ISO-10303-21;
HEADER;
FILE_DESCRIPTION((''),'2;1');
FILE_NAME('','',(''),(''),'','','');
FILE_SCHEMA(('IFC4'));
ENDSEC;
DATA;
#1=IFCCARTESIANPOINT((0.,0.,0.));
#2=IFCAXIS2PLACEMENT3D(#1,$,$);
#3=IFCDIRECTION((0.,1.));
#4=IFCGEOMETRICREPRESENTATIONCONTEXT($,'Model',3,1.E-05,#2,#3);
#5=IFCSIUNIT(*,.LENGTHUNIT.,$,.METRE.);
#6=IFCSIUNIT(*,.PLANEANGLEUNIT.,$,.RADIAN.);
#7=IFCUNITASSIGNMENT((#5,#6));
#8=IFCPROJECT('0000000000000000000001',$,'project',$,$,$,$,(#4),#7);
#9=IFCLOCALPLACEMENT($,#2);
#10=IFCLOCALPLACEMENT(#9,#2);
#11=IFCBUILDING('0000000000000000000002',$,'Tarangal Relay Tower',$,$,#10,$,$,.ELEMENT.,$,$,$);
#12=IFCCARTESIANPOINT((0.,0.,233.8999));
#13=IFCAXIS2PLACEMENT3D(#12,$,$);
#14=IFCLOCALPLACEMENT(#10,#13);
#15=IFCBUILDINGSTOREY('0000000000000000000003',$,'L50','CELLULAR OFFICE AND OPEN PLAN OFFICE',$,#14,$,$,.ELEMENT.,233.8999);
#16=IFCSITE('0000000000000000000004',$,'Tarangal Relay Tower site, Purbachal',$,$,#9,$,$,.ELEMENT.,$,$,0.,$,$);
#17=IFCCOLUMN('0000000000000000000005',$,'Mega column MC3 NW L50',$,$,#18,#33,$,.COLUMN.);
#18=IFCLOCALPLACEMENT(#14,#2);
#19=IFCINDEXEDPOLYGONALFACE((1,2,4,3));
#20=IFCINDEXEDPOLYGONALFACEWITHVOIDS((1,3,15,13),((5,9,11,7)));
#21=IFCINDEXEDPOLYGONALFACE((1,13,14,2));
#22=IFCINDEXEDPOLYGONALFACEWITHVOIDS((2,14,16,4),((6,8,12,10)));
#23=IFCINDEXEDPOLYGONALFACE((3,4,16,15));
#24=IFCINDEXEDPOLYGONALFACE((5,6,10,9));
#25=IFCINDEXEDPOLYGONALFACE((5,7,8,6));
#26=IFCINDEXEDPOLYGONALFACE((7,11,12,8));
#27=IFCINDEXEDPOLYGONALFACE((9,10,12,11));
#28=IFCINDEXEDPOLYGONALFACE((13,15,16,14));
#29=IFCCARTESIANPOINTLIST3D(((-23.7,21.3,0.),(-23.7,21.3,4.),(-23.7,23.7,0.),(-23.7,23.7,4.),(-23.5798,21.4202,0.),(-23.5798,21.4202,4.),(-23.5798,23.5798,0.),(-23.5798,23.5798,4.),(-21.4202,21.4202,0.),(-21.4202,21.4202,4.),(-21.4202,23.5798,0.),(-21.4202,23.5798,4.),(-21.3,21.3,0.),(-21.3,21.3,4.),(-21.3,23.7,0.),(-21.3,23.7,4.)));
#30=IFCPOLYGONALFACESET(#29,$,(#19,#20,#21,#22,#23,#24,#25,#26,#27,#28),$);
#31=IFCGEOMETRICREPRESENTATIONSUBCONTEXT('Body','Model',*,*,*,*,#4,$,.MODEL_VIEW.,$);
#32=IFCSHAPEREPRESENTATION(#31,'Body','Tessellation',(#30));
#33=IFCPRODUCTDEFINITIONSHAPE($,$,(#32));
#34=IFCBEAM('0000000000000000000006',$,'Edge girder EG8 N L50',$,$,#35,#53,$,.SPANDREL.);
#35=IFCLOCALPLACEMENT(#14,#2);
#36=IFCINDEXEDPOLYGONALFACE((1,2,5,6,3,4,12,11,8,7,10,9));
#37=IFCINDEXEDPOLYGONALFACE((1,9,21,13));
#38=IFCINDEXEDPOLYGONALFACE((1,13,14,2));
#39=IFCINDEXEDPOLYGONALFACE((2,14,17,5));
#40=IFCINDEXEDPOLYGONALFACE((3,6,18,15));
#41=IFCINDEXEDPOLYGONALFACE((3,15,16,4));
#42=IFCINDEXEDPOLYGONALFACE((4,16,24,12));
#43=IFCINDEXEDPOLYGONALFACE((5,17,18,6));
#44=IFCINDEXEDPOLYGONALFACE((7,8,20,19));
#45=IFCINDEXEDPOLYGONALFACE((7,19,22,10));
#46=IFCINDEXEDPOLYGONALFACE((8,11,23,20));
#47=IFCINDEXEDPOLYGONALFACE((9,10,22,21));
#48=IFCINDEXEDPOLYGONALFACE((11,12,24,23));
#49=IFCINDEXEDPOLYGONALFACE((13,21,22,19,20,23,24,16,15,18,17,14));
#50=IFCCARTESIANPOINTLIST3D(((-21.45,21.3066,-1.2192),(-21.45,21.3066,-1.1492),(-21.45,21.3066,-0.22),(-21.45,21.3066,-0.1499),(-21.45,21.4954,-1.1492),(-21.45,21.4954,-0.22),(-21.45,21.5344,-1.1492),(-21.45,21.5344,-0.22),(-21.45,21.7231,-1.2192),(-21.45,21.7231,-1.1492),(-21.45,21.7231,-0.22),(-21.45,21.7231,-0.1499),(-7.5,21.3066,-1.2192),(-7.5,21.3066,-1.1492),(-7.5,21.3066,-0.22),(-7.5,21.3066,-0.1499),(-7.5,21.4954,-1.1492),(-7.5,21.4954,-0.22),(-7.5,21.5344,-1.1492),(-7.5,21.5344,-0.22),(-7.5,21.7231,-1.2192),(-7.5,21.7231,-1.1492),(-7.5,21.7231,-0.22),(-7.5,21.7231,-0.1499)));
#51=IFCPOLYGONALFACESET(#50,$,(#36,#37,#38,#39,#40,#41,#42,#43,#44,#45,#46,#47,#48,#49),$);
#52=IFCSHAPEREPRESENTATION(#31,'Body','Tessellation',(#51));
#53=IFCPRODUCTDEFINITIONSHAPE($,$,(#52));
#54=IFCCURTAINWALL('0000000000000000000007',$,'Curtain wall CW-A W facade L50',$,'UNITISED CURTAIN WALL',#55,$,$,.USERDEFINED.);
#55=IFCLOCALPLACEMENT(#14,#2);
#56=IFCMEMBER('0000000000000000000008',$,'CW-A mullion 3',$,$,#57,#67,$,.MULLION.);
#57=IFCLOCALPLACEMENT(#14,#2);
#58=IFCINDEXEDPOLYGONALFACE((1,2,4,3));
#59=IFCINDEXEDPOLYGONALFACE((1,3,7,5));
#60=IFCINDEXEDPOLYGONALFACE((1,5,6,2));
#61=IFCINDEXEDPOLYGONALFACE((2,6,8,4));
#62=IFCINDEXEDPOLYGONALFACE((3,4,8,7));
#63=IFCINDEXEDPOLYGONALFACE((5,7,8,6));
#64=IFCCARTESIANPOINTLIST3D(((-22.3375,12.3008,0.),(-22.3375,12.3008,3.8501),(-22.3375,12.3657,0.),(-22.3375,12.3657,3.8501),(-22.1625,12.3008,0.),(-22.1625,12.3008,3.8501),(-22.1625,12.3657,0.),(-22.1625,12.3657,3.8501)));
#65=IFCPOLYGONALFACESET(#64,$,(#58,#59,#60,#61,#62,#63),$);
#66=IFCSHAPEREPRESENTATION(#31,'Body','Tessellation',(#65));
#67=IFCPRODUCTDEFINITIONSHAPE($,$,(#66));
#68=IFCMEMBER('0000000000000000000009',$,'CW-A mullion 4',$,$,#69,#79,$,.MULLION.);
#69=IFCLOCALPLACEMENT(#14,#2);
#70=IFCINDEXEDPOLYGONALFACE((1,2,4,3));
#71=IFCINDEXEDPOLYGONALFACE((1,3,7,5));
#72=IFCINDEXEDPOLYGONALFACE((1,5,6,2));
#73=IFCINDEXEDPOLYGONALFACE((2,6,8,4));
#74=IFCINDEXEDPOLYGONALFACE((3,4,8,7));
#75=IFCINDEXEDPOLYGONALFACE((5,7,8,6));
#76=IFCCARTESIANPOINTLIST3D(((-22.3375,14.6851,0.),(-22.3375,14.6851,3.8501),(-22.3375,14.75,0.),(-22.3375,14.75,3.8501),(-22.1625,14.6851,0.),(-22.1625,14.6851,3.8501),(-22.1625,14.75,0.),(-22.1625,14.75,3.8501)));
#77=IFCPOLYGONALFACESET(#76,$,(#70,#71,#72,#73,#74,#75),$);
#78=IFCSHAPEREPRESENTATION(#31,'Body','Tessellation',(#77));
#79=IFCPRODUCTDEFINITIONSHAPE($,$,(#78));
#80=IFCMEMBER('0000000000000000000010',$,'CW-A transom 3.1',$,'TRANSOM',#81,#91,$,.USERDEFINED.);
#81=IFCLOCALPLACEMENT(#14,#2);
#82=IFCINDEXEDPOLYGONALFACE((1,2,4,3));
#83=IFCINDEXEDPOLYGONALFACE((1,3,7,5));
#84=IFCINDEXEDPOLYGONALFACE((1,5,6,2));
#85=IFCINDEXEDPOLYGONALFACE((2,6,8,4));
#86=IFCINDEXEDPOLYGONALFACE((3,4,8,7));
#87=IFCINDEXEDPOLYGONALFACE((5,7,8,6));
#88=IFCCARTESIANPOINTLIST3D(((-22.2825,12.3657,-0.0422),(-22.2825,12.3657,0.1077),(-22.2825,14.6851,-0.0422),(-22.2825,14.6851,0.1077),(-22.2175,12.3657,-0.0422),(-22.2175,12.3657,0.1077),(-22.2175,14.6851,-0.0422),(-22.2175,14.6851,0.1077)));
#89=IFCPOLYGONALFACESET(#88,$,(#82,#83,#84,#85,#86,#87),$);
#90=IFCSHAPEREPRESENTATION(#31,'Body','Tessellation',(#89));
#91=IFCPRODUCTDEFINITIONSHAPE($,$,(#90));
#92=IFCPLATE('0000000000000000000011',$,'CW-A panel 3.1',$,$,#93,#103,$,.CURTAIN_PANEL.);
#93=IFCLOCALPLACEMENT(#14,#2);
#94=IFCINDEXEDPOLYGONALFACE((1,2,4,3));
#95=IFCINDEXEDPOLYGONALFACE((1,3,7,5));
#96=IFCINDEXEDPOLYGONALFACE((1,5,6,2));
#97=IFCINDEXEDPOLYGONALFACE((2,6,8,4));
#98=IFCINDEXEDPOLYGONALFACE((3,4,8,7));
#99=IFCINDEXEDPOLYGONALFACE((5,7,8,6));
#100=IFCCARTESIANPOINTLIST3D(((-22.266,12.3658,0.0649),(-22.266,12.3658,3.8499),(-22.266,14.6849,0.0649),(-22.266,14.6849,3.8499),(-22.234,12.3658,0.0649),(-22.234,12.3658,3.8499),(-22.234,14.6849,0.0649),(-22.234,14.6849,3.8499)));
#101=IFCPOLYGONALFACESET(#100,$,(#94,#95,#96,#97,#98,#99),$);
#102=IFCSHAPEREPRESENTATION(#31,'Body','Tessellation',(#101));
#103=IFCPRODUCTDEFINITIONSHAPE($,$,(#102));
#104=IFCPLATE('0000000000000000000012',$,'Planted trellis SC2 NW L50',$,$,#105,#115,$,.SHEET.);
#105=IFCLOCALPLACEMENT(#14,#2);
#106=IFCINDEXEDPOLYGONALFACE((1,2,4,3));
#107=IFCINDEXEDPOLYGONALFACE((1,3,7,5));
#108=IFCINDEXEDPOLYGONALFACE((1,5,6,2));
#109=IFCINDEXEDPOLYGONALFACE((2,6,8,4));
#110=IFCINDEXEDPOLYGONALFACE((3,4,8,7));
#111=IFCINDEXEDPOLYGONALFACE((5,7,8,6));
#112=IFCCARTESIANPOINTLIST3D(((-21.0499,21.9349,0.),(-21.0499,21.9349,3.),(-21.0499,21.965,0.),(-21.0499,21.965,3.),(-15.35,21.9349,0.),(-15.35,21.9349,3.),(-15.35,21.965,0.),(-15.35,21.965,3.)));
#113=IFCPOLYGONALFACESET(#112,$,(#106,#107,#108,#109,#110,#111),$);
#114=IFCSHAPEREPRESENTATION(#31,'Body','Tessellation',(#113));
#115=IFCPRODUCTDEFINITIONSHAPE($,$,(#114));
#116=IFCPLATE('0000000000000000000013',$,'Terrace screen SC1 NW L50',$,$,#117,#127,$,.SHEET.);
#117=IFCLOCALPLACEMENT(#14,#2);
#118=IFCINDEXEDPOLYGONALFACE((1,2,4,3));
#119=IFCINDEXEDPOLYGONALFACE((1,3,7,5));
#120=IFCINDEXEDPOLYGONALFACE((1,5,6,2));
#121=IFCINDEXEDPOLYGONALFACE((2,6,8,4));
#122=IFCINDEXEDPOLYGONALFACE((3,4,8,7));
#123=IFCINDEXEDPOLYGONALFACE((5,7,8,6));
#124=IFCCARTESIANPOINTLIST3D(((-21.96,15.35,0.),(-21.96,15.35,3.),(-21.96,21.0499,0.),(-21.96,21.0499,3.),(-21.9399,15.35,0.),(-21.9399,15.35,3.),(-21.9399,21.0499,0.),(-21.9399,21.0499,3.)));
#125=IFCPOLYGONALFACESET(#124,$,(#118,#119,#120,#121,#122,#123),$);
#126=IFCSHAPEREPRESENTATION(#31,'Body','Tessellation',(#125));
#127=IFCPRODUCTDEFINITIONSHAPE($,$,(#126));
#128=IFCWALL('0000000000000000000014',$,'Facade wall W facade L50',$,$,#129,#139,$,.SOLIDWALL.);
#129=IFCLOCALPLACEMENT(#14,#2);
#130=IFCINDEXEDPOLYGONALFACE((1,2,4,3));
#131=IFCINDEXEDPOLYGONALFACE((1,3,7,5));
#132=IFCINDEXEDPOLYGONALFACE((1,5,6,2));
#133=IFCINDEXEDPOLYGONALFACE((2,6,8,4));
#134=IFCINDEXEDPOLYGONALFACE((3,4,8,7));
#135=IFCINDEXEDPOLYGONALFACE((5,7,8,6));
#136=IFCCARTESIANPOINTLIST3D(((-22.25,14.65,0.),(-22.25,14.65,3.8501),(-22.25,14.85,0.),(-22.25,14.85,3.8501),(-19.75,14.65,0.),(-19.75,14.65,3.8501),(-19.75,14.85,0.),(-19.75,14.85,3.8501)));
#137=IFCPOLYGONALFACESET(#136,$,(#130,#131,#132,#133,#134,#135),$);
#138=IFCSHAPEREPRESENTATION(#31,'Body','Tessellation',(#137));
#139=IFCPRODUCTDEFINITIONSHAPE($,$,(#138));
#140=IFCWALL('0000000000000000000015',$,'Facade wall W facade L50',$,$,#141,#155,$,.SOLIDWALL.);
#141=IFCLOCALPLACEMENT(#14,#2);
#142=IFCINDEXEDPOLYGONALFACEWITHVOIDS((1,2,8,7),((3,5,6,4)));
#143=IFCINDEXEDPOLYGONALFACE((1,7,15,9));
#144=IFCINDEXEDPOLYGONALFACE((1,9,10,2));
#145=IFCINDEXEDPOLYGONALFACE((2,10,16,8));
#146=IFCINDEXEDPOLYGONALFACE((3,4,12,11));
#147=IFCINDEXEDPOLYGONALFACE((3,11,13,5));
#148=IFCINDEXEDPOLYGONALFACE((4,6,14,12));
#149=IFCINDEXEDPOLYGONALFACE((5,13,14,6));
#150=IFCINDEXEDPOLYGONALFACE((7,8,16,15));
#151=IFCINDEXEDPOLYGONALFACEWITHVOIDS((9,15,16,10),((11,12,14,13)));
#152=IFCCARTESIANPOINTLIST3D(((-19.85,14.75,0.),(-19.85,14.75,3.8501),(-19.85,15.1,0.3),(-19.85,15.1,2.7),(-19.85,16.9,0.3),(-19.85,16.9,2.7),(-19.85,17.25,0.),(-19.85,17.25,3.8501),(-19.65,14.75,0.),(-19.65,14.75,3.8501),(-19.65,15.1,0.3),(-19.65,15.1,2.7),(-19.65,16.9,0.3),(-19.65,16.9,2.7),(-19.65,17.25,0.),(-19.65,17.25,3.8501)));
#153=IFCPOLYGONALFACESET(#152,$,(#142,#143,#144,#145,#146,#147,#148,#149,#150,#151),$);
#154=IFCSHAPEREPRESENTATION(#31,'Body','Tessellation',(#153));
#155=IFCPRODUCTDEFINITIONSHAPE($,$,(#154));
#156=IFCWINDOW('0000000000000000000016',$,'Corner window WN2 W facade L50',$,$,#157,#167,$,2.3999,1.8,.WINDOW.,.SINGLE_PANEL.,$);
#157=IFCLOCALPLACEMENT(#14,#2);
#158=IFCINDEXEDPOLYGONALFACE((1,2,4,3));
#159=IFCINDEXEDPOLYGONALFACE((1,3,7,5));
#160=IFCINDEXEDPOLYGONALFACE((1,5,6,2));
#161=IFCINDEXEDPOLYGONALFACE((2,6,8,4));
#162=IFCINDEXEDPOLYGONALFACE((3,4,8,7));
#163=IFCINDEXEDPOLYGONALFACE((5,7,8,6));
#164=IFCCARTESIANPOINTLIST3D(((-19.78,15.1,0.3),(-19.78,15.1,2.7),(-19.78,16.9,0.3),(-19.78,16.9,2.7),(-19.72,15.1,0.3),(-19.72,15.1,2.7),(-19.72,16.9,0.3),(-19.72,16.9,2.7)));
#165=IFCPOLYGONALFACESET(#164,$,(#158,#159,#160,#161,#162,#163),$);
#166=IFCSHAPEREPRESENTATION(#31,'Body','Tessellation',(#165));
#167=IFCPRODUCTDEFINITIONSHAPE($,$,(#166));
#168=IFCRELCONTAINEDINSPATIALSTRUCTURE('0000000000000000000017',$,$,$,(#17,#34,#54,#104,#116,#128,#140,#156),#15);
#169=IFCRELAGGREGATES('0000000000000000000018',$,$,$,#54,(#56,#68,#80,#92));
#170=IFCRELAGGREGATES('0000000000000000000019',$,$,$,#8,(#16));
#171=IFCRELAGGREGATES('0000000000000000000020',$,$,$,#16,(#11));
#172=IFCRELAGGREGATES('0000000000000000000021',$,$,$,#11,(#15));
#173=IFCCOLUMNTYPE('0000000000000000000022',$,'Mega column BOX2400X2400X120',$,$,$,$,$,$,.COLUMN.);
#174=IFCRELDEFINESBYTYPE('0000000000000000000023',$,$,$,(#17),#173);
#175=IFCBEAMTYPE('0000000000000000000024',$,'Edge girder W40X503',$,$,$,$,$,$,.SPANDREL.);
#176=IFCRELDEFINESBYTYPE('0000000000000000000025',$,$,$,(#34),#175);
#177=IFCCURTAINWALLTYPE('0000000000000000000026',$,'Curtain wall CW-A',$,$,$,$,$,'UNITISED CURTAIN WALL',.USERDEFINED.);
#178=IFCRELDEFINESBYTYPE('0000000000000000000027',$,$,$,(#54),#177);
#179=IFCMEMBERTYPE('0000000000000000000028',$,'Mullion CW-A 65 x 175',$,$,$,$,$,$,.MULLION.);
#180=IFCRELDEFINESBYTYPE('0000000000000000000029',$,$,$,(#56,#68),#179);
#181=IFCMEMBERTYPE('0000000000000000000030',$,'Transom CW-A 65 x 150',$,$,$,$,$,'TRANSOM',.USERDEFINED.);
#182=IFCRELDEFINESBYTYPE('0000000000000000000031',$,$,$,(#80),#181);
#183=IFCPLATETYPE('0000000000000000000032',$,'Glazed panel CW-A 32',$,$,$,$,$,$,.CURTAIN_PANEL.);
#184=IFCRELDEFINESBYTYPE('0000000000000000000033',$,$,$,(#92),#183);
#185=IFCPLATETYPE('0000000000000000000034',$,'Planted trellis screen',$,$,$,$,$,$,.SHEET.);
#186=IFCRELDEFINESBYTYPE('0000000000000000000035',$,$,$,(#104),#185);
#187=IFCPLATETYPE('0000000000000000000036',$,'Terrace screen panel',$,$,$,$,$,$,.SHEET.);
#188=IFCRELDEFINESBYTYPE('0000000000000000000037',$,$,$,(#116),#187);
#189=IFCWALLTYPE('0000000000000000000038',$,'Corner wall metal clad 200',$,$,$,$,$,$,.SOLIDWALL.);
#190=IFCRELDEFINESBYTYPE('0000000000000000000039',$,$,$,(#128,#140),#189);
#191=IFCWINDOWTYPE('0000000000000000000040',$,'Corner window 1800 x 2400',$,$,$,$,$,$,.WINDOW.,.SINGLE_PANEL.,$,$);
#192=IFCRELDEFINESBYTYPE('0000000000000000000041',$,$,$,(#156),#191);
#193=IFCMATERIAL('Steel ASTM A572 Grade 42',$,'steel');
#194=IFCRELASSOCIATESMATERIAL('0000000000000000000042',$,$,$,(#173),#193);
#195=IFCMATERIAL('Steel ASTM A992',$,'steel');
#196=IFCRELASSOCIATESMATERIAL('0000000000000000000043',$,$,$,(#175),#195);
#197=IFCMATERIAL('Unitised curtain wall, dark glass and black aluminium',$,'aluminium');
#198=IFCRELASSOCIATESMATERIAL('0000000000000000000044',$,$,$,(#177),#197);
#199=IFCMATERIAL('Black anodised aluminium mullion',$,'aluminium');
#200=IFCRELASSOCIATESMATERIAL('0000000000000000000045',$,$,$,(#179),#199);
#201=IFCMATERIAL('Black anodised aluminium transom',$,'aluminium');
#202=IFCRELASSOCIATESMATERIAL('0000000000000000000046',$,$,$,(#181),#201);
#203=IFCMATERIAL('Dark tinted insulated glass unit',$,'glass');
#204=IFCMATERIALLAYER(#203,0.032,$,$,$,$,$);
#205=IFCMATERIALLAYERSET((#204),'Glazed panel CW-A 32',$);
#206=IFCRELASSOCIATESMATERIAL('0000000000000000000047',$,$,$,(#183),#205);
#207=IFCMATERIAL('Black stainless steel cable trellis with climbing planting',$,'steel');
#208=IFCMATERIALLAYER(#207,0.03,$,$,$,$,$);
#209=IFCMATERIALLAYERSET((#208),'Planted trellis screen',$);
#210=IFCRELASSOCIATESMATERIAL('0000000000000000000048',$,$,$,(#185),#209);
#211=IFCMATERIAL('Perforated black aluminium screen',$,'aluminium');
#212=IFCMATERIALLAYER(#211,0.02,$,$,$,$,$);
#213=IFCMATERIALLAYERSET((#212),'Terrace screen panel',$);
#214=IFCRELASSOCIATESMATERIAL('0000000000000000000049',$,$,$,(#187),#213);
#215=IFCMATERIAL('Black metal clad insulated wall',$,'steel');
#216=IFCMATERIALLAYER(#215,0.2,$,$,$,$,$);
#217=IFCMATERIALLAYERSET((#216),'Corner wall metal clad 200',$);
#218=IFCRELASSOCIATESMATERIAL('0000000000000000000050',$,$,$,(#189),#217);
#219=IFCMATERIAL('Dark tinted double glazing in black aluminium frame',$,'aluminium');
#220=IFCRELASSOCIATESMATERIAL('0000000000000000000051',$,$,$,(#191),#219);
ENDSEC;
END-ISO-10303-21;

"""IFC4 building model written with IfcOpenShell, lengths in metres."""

from ifc_helpers import new_model, si_unit, direction, frame, frame_2d, origin, origin_2d, place, context, subcontext, project, spatial, rectangle, hollow_rectangle, i_section, extrude, material, layer, layer_set, material_profile, profile_set, type_object, element, fill, aggregate, save


model = new_model("IFC4")

# Units and contexts
model_context = context("Model", 3, precision=1e-05, world=origin(), true_north=direction((0.0, 1.0)))
body_context = subcontext(model_context, "Body", "Model", "MODEL_VIEW")
ifc_project = project(units=[si_unit("LENGTHUNIT", "METRE"), si_unit("PLANEANGLEUNIT", "RADIAN")], contexts=[model_context])

# Site, building, storey
site_placement = place(None, origin())
site = spatial("IfcSite", under=ifc_project, at=site_placement, Name="Tarangal Relay Tower site, Purbachal", CompositionType="ELEMENT", RefElevation=0.0)
building_placement = place(site_placement, origin())
building = spatial("IfcBuilding", under=site, at=building_placement, Name="Tarangal Relay Tower", CompositionType="ELEMENT")
storey_placement = place(building_placement, frame((0.0, 0.0, 233.8999)))
storey = spatial("IfcBuildingStorey", under=building, at=storey_placement, Name="L50", Description="CELLULAR OFFICE AND OPEN PLAN OFFICE", CompositionType="ELEMENT", Elevation=233.8999)

# Column
ifc_material_1 = material(Name="Steel ASTM A572 Grade 42", Category="steel")
ifc_material_profile_1 = material_profile(ifc_material_1, hollow_rectangle(XDim=2.3999, YDim=2.3999, WallThickness=0.1201, at=origin_2d()), Name="BOX2400X2400X120")
ifc_profile_set_1 = profile_set([ifc_material_profile_1], Name="Steel ASTM A572 Grade 42")
column_type = type_object("IfcColumnType", Name="Mega column BOX2400X2400X120", PredefinedType="COLUMN", material=ifc_profile_set_1)
column_placement = place(storey_placement, frame((-22.5, 22.5, 0.0), z_axis=(0.0, 0.0, 1.0), x_axis=(1.0, 0.0, 0.0)))
element("IfcColumn", 1, at=column_placement, inside=storey, type_object=column_type, Name="Mega column MC3 NW L50", PredefinedType="COLUMN", context=body_context, shape_type="SweptSolid", body=[
    extrude(hollow_rectangle(XDim=2.3999, YDim=2.3999, WallThickness=0.1201, at=origin_2d()), origin(), (0.0, 0.0, 1.0), 4.0),
])

# Beam
ifc_material_2 = material(Name="Steel ASTM A992", Category="steel")
ifc_material_profile_2 = material_profile(ifc_material_2, i_section(OverallWidth=0.4165, OverallDepth=1.0693, WebThickness=0.0391, FlangeThickness=0.0701, at=origin_2d()), Name="W40X503")
ifc_profile_set_2 = profile_set([ifc_material_profile_2], Name="Steel ASTM A992")
beam_type = type_object("IfcBeamType", Name="Edge girder W40X503", PredefinedType="SPANDREL", material=ifc_profile_set_2)
beam_placement = place(storey_placement, frame((-21.45, 21.5149, -0.6846), z_axis=(1.0, 0.0, 0.0), x_axis=(0.0, 1.0, 0.0)))
element("IfcBeam", 2, at=beam_placement, inside=storey, type_object=beam_type, Name="Edge girder EG8 N L50", PredefinedType="SPANDREL", context=body_context, shape_type="SweptSolid", body=[
    extrude(i_section(OverallWidth=0.4165, OverallDepth=1.0693, WebThickness=0.0391, FlangeThickness=0.0701, at=origin_2d()), origin(), (0.0, 0.0, 1.0), 13.95),
])

# Curtain wall, members, plate
ifc_material_3 = material(Name="Unitised curtain wall, dark glass and black aluminium", Category="aluminium")
curtain_wall_type = type_object("IfcCurtainWallType", Name="Curtain wall CW-A", ElementType="UNITISED CURTAIN WALL", PredefinedType="USERDEFINED", material=ifc_material_3)
curtain_wall_placement = place(storey_placement, origin())
curtain_wall = element("IfcCurtainWall", 3, at=curtain_wall_placement, inside=storey, type_object=curtain_wall_type, Name="Curtain wall CW-A W facade L50", ObjectType="UNITISED CURTAIN WALL", PredefinedType="USERDEFINED")
ifc_material_4 = material(Name="Black anodised aluminium mullion", Category="aluminium")
ifc_material_profile_3 = material_profile(ifc_material_4, rectangle(XDim=0.175, YDim=0.0649, at=origin_2d()), Name="CW-AM 65X175")
ifc_profile_set_3 = profile_set([ifc_material_profile_3], Name="Black anodised aluminium mullion")
member_type_1 = type_object("IfcMemberType", Name="Mullion CW-A 65 x 175", PredefinedType="MULLION", material=ifc_profile_set_3)
member_1_placement = place(storey_placement, frame((-22.25, 12.3333, 0.0), z_axis=(0.0, 0.0, 1.0), x_axis=(-1.0, 0.0, 0.0)))
member_1 = element("IfcMember", 4, at=member_1_placement, type_object=member_type_1, Name="CW-A mullion 3", PredefinedType="MULLION", context=body_context, shape_type="SweptSolid", body=[
    extrude(rectangle(XDim=0.175, YDim=0.0649, at=origin_2d()), origin(), (0.0, 0.0, 1.0), 3.8501),
])
member_2_placement = place(storey_placement, frame((-22.25, 14.7175, 0.0), z_axis=(0.0, 0.0, 1.0), x_axis=(-1.0, 0.0, 0.0)))
member_2 = element("IfcMember", 5, at=member_2_placement, type_object=member_type_1, Name="CW-A mullion 4", PredefinedType="MULLION", context=body_context, shape_type="SweptSolid", body=[
    extrude(rectangle(XDim=0.175, YDim=0.0649, at=origin_2d()), origin(), (0.0, 0.0, 1.0), 3.8501),
])
ifc_material_5 = material(Name="Black anodised aluminium transom", Category="aluminium")
ifc_material_profile_4 = material_profile(ifc_material_5, rectangle(XDim=0.0649, YDim=0.1499, at=origin_2d()), Name="CW-AT 65X150")
ifc_profile_set_4 = profile_set([ifc_material_profile_4], Name="Black anodised aluminium transom")
member_type_2 = type_object("IfcMemberType", Name="Transom CW-A 65 x 150", ElementType="TRANSOM", PredefinedType="USERDEFINED", material=ifc_profile_set_4)
member_3_placement = place(storey_placement, frame((-22.25, 12.3657, 0.0327), z_axis=(0.0, 1.0, 0.0), x_axis=(-1.0, 0.0, 0.0)))
member_3 = element("IfcMember", 6, at=member_3_placement, type_object=member_type_2, Name="CW-A transom 3.1", ObjectType="TRANSOM", PredefinedType="USERDEFINED", context=body_context, shape_type="SweptSolid", body=[
    extrude(rectangle(XDim=0.0649, YDim=0.1499, at=origin_2d()), origin(), (0.0, 0.0, 1.0), 2.3193),
])
ifc_material_6 = material(Name="Dark tinted insulated glass unit", Category="glass")
ifc_layer_1 = layer(ifc_material_6, 0.032)
ifc_layer_set_1 = layer_set([ifc_layer_1], Name="Glazed panel CW-A 32")
plate_type_1 = type_object("IfcPlateType", Name="Glazed panel CW-A 32", PredefinedType="CURTAIN_PANEL", material=ifc_layer_set_1)
plate_1_placement = place(storey_placement, frame((-22.25, 13.5254, 0.0649), z_axis=(0.0, 0.0, 1.0), x_axis=(0.0, 1.0, 0.0)))
plate_1 = element("IfcPlate", 7, at=plate_1_placement, type_object=plate_type_1, Name="CW-A panel 3.1", PredefinedType="CURTAIN_PANEL", context=body_context, shape_type="SweptSolid", body=[
    extrude(rectangle(XDim=2.3191, YDim=0.032, at=origin_2d()), origin(), (0.0, 0.0, 1.0), 3.7849),
])
aggregate(curtain_wall, [member_1, member_2, member_3, plate_1])

# Plates
ifc_material_7 = material(Name="Black stainless steel cable trellis with climbing planting", Category="steel")
ifc_layer_2 = layer(ifc_material_7, 0.03)
ifc_layer_set_2 = layer_set([ifc_layer_2], Name="Planted trellis screen")
plate_type_2 = type_object("IfcPlateType", Name="Planted trellis screen", PredefinedType="SHEET", material=ifc_layer_set_2)
plate_2_placement = place(storey_placement, frame((-18.2, 21.95, 0.0), z_axis=(0.0, 0.0, 1.0), x_axis=(1.0, 0.0, 0.0)))
element("IfcPlate", 8, at=plate_2_placement, inside=storey, type_object=plate_type_2, Name="Planted trellis SC2 NW L50", PredefinedType="SHEET", context=body_context, shape_type="SweptSolid", body=[
    extrude(rectangle(XDim=5.7, YDim=0.03, at=origin_2d()), origin(), (0.0, 0.0, 1.0), 3.0),
])
ifc_material_8 = material(Name="Perforated black aluminium screen", Category="aluminium")
ifc_layer_3 = layer(ifc_material_8, 0.02)
ifc_layer_set_3 = layer_set([ifc_layer_3], Name="Terrace screen panel")
plate_type_3 = type_object("IfcPlateType", Name="Terrace screen panel", PredefinedType="SHEET", material=ifc_layer_set_3)
plate_3_placement = place(storey_placement, frame((-21.95, 18.2, 0.0), z_axis=(0.0, 0.0, 1.0), x_axis=(0.0, 1.0, 0.0)))
element("IfcPlate", 9, at=plate_3_placement, inside=storey, type_object=plate_type_3, Name="Terrace screen SC1 NW L50", PredefinedType="SHEET", context=body_context, shape_type="SweptSolid", body=[
    extrude(rectangle(XDim=5.7, YDim=0.02, at=origin_2d()), origin(), (0.0, 0.0, 1.0), 3.0),
])

# Wall
ifc_material_9 = material(Name="Black metal clad insulated wall", Category="steel")
ifc_layer_4 = layer(ifc_material_9, 0.2)
ifc_layer_set_4 = layer_set([ifc_layer_4], Name="Corner wall metal clad 200")
wall_type = type_object("IfcWallType", Name="Corner wall metal clad 200", PredefinedType="SOLIDWALL", material=ifc_layer_set_4)
wall_1_placement = place(storey_placement, frame((-22.25, 14.75, 0.0), z_axis=(0.0, 0.0, 1.0), x_axis=(1.0, 0.0, 0.0)))
element("IfcWall", 10, at=wall_1_placement, inside=storey, type_object=wall_type, Name="Facade wall W facade L50", PredefinedType="SOLIDWALL", context=body_context, shape_type="SweptSolid", body=[
    extrude(rectangle(XDim=2.5, YDim=0.2, at=frame_2d((1.25, 0.0))), origin(), (0.0, 0.0, 1.0), 3.8501),
])

# Wall, opening, window
wall_2_placement = place(storey_placement, frame((-19.75, 14.75, 0.0), z_axis=(0.0, 0.0, 1.0), x_axis=(0.0, 1.0, 0.0)))
wall_2 = element("IfcWall", 11, at=wall_2_placement, inside=storey, type_object=wall_type, Name="Facade wall W facade L50", PredefinedType="SOLIDWALL", context=body_context, shape_type="SweptSolid", body=[
    extrude(rectangle(XDim=2.5, YDim=0.2, at=frame_2d((1.25, 0.0))), origin(), (0.0, 0.0, 1.0), 3.8501),
])
opening_1_placement = place(wall_2_placement, frame((0.3501, 0.0, 0.3)))
opening_1 = element("IfcOpeningElement", 12, at=opening_1_placement, cuts=wall_2, PredefinedType="OPENING", context=body_context, shape_type="SweptSolid", body=[
    extrude(rectangle(XDim=1.8, YDim=2.3999, at=frame_2d((0.8999, 1.2))), frame((0.0, 0.1099, 0.0), z_axis=(0.0, -1.0, 0.0), x_axis=(1.0, 0.0, 0.0)), (0.0, 0.0, 1.0), 0.22),
])
ifc_material_10 = material(Name="Dark tinted double glazing in black aluminium frame", Category="aluminium")
window_type = type_object("IfcWindowType", Name="Corner window 1800 x 2400", PartitioningType="SINGLE_PANEL", PredefinedType="WINDOW", material=ifc_material_10)
window_1_placement = place(opening_1_placement, origin())
window_1 = element("IfcWindow", 13, at=window_1_placement, inside=storey, type_object=window_type, Name="Corner window WN2 W facade L50", OverallHeight=2.3999, OverallWidth=1.8, PartitioningType="SINGLE_PANEL", PredefinedType="WINDOW", context=body_context, shape_type="SweptSolid", body=[
    extrude(rectangle(XDim=1.8, YDim=2.3999, at=frame_2d((0.8999, 1.2))), frame((0.0, 0.03, 0.0), z_axis=(0.0, -1.0, 0.0), x_axis=(1.0, 0.0, 0.0)), (0.0, 0.0, 1.0), 0.0601),
])
fill(opening_1, window_1)

save(model, "model.ifc")
